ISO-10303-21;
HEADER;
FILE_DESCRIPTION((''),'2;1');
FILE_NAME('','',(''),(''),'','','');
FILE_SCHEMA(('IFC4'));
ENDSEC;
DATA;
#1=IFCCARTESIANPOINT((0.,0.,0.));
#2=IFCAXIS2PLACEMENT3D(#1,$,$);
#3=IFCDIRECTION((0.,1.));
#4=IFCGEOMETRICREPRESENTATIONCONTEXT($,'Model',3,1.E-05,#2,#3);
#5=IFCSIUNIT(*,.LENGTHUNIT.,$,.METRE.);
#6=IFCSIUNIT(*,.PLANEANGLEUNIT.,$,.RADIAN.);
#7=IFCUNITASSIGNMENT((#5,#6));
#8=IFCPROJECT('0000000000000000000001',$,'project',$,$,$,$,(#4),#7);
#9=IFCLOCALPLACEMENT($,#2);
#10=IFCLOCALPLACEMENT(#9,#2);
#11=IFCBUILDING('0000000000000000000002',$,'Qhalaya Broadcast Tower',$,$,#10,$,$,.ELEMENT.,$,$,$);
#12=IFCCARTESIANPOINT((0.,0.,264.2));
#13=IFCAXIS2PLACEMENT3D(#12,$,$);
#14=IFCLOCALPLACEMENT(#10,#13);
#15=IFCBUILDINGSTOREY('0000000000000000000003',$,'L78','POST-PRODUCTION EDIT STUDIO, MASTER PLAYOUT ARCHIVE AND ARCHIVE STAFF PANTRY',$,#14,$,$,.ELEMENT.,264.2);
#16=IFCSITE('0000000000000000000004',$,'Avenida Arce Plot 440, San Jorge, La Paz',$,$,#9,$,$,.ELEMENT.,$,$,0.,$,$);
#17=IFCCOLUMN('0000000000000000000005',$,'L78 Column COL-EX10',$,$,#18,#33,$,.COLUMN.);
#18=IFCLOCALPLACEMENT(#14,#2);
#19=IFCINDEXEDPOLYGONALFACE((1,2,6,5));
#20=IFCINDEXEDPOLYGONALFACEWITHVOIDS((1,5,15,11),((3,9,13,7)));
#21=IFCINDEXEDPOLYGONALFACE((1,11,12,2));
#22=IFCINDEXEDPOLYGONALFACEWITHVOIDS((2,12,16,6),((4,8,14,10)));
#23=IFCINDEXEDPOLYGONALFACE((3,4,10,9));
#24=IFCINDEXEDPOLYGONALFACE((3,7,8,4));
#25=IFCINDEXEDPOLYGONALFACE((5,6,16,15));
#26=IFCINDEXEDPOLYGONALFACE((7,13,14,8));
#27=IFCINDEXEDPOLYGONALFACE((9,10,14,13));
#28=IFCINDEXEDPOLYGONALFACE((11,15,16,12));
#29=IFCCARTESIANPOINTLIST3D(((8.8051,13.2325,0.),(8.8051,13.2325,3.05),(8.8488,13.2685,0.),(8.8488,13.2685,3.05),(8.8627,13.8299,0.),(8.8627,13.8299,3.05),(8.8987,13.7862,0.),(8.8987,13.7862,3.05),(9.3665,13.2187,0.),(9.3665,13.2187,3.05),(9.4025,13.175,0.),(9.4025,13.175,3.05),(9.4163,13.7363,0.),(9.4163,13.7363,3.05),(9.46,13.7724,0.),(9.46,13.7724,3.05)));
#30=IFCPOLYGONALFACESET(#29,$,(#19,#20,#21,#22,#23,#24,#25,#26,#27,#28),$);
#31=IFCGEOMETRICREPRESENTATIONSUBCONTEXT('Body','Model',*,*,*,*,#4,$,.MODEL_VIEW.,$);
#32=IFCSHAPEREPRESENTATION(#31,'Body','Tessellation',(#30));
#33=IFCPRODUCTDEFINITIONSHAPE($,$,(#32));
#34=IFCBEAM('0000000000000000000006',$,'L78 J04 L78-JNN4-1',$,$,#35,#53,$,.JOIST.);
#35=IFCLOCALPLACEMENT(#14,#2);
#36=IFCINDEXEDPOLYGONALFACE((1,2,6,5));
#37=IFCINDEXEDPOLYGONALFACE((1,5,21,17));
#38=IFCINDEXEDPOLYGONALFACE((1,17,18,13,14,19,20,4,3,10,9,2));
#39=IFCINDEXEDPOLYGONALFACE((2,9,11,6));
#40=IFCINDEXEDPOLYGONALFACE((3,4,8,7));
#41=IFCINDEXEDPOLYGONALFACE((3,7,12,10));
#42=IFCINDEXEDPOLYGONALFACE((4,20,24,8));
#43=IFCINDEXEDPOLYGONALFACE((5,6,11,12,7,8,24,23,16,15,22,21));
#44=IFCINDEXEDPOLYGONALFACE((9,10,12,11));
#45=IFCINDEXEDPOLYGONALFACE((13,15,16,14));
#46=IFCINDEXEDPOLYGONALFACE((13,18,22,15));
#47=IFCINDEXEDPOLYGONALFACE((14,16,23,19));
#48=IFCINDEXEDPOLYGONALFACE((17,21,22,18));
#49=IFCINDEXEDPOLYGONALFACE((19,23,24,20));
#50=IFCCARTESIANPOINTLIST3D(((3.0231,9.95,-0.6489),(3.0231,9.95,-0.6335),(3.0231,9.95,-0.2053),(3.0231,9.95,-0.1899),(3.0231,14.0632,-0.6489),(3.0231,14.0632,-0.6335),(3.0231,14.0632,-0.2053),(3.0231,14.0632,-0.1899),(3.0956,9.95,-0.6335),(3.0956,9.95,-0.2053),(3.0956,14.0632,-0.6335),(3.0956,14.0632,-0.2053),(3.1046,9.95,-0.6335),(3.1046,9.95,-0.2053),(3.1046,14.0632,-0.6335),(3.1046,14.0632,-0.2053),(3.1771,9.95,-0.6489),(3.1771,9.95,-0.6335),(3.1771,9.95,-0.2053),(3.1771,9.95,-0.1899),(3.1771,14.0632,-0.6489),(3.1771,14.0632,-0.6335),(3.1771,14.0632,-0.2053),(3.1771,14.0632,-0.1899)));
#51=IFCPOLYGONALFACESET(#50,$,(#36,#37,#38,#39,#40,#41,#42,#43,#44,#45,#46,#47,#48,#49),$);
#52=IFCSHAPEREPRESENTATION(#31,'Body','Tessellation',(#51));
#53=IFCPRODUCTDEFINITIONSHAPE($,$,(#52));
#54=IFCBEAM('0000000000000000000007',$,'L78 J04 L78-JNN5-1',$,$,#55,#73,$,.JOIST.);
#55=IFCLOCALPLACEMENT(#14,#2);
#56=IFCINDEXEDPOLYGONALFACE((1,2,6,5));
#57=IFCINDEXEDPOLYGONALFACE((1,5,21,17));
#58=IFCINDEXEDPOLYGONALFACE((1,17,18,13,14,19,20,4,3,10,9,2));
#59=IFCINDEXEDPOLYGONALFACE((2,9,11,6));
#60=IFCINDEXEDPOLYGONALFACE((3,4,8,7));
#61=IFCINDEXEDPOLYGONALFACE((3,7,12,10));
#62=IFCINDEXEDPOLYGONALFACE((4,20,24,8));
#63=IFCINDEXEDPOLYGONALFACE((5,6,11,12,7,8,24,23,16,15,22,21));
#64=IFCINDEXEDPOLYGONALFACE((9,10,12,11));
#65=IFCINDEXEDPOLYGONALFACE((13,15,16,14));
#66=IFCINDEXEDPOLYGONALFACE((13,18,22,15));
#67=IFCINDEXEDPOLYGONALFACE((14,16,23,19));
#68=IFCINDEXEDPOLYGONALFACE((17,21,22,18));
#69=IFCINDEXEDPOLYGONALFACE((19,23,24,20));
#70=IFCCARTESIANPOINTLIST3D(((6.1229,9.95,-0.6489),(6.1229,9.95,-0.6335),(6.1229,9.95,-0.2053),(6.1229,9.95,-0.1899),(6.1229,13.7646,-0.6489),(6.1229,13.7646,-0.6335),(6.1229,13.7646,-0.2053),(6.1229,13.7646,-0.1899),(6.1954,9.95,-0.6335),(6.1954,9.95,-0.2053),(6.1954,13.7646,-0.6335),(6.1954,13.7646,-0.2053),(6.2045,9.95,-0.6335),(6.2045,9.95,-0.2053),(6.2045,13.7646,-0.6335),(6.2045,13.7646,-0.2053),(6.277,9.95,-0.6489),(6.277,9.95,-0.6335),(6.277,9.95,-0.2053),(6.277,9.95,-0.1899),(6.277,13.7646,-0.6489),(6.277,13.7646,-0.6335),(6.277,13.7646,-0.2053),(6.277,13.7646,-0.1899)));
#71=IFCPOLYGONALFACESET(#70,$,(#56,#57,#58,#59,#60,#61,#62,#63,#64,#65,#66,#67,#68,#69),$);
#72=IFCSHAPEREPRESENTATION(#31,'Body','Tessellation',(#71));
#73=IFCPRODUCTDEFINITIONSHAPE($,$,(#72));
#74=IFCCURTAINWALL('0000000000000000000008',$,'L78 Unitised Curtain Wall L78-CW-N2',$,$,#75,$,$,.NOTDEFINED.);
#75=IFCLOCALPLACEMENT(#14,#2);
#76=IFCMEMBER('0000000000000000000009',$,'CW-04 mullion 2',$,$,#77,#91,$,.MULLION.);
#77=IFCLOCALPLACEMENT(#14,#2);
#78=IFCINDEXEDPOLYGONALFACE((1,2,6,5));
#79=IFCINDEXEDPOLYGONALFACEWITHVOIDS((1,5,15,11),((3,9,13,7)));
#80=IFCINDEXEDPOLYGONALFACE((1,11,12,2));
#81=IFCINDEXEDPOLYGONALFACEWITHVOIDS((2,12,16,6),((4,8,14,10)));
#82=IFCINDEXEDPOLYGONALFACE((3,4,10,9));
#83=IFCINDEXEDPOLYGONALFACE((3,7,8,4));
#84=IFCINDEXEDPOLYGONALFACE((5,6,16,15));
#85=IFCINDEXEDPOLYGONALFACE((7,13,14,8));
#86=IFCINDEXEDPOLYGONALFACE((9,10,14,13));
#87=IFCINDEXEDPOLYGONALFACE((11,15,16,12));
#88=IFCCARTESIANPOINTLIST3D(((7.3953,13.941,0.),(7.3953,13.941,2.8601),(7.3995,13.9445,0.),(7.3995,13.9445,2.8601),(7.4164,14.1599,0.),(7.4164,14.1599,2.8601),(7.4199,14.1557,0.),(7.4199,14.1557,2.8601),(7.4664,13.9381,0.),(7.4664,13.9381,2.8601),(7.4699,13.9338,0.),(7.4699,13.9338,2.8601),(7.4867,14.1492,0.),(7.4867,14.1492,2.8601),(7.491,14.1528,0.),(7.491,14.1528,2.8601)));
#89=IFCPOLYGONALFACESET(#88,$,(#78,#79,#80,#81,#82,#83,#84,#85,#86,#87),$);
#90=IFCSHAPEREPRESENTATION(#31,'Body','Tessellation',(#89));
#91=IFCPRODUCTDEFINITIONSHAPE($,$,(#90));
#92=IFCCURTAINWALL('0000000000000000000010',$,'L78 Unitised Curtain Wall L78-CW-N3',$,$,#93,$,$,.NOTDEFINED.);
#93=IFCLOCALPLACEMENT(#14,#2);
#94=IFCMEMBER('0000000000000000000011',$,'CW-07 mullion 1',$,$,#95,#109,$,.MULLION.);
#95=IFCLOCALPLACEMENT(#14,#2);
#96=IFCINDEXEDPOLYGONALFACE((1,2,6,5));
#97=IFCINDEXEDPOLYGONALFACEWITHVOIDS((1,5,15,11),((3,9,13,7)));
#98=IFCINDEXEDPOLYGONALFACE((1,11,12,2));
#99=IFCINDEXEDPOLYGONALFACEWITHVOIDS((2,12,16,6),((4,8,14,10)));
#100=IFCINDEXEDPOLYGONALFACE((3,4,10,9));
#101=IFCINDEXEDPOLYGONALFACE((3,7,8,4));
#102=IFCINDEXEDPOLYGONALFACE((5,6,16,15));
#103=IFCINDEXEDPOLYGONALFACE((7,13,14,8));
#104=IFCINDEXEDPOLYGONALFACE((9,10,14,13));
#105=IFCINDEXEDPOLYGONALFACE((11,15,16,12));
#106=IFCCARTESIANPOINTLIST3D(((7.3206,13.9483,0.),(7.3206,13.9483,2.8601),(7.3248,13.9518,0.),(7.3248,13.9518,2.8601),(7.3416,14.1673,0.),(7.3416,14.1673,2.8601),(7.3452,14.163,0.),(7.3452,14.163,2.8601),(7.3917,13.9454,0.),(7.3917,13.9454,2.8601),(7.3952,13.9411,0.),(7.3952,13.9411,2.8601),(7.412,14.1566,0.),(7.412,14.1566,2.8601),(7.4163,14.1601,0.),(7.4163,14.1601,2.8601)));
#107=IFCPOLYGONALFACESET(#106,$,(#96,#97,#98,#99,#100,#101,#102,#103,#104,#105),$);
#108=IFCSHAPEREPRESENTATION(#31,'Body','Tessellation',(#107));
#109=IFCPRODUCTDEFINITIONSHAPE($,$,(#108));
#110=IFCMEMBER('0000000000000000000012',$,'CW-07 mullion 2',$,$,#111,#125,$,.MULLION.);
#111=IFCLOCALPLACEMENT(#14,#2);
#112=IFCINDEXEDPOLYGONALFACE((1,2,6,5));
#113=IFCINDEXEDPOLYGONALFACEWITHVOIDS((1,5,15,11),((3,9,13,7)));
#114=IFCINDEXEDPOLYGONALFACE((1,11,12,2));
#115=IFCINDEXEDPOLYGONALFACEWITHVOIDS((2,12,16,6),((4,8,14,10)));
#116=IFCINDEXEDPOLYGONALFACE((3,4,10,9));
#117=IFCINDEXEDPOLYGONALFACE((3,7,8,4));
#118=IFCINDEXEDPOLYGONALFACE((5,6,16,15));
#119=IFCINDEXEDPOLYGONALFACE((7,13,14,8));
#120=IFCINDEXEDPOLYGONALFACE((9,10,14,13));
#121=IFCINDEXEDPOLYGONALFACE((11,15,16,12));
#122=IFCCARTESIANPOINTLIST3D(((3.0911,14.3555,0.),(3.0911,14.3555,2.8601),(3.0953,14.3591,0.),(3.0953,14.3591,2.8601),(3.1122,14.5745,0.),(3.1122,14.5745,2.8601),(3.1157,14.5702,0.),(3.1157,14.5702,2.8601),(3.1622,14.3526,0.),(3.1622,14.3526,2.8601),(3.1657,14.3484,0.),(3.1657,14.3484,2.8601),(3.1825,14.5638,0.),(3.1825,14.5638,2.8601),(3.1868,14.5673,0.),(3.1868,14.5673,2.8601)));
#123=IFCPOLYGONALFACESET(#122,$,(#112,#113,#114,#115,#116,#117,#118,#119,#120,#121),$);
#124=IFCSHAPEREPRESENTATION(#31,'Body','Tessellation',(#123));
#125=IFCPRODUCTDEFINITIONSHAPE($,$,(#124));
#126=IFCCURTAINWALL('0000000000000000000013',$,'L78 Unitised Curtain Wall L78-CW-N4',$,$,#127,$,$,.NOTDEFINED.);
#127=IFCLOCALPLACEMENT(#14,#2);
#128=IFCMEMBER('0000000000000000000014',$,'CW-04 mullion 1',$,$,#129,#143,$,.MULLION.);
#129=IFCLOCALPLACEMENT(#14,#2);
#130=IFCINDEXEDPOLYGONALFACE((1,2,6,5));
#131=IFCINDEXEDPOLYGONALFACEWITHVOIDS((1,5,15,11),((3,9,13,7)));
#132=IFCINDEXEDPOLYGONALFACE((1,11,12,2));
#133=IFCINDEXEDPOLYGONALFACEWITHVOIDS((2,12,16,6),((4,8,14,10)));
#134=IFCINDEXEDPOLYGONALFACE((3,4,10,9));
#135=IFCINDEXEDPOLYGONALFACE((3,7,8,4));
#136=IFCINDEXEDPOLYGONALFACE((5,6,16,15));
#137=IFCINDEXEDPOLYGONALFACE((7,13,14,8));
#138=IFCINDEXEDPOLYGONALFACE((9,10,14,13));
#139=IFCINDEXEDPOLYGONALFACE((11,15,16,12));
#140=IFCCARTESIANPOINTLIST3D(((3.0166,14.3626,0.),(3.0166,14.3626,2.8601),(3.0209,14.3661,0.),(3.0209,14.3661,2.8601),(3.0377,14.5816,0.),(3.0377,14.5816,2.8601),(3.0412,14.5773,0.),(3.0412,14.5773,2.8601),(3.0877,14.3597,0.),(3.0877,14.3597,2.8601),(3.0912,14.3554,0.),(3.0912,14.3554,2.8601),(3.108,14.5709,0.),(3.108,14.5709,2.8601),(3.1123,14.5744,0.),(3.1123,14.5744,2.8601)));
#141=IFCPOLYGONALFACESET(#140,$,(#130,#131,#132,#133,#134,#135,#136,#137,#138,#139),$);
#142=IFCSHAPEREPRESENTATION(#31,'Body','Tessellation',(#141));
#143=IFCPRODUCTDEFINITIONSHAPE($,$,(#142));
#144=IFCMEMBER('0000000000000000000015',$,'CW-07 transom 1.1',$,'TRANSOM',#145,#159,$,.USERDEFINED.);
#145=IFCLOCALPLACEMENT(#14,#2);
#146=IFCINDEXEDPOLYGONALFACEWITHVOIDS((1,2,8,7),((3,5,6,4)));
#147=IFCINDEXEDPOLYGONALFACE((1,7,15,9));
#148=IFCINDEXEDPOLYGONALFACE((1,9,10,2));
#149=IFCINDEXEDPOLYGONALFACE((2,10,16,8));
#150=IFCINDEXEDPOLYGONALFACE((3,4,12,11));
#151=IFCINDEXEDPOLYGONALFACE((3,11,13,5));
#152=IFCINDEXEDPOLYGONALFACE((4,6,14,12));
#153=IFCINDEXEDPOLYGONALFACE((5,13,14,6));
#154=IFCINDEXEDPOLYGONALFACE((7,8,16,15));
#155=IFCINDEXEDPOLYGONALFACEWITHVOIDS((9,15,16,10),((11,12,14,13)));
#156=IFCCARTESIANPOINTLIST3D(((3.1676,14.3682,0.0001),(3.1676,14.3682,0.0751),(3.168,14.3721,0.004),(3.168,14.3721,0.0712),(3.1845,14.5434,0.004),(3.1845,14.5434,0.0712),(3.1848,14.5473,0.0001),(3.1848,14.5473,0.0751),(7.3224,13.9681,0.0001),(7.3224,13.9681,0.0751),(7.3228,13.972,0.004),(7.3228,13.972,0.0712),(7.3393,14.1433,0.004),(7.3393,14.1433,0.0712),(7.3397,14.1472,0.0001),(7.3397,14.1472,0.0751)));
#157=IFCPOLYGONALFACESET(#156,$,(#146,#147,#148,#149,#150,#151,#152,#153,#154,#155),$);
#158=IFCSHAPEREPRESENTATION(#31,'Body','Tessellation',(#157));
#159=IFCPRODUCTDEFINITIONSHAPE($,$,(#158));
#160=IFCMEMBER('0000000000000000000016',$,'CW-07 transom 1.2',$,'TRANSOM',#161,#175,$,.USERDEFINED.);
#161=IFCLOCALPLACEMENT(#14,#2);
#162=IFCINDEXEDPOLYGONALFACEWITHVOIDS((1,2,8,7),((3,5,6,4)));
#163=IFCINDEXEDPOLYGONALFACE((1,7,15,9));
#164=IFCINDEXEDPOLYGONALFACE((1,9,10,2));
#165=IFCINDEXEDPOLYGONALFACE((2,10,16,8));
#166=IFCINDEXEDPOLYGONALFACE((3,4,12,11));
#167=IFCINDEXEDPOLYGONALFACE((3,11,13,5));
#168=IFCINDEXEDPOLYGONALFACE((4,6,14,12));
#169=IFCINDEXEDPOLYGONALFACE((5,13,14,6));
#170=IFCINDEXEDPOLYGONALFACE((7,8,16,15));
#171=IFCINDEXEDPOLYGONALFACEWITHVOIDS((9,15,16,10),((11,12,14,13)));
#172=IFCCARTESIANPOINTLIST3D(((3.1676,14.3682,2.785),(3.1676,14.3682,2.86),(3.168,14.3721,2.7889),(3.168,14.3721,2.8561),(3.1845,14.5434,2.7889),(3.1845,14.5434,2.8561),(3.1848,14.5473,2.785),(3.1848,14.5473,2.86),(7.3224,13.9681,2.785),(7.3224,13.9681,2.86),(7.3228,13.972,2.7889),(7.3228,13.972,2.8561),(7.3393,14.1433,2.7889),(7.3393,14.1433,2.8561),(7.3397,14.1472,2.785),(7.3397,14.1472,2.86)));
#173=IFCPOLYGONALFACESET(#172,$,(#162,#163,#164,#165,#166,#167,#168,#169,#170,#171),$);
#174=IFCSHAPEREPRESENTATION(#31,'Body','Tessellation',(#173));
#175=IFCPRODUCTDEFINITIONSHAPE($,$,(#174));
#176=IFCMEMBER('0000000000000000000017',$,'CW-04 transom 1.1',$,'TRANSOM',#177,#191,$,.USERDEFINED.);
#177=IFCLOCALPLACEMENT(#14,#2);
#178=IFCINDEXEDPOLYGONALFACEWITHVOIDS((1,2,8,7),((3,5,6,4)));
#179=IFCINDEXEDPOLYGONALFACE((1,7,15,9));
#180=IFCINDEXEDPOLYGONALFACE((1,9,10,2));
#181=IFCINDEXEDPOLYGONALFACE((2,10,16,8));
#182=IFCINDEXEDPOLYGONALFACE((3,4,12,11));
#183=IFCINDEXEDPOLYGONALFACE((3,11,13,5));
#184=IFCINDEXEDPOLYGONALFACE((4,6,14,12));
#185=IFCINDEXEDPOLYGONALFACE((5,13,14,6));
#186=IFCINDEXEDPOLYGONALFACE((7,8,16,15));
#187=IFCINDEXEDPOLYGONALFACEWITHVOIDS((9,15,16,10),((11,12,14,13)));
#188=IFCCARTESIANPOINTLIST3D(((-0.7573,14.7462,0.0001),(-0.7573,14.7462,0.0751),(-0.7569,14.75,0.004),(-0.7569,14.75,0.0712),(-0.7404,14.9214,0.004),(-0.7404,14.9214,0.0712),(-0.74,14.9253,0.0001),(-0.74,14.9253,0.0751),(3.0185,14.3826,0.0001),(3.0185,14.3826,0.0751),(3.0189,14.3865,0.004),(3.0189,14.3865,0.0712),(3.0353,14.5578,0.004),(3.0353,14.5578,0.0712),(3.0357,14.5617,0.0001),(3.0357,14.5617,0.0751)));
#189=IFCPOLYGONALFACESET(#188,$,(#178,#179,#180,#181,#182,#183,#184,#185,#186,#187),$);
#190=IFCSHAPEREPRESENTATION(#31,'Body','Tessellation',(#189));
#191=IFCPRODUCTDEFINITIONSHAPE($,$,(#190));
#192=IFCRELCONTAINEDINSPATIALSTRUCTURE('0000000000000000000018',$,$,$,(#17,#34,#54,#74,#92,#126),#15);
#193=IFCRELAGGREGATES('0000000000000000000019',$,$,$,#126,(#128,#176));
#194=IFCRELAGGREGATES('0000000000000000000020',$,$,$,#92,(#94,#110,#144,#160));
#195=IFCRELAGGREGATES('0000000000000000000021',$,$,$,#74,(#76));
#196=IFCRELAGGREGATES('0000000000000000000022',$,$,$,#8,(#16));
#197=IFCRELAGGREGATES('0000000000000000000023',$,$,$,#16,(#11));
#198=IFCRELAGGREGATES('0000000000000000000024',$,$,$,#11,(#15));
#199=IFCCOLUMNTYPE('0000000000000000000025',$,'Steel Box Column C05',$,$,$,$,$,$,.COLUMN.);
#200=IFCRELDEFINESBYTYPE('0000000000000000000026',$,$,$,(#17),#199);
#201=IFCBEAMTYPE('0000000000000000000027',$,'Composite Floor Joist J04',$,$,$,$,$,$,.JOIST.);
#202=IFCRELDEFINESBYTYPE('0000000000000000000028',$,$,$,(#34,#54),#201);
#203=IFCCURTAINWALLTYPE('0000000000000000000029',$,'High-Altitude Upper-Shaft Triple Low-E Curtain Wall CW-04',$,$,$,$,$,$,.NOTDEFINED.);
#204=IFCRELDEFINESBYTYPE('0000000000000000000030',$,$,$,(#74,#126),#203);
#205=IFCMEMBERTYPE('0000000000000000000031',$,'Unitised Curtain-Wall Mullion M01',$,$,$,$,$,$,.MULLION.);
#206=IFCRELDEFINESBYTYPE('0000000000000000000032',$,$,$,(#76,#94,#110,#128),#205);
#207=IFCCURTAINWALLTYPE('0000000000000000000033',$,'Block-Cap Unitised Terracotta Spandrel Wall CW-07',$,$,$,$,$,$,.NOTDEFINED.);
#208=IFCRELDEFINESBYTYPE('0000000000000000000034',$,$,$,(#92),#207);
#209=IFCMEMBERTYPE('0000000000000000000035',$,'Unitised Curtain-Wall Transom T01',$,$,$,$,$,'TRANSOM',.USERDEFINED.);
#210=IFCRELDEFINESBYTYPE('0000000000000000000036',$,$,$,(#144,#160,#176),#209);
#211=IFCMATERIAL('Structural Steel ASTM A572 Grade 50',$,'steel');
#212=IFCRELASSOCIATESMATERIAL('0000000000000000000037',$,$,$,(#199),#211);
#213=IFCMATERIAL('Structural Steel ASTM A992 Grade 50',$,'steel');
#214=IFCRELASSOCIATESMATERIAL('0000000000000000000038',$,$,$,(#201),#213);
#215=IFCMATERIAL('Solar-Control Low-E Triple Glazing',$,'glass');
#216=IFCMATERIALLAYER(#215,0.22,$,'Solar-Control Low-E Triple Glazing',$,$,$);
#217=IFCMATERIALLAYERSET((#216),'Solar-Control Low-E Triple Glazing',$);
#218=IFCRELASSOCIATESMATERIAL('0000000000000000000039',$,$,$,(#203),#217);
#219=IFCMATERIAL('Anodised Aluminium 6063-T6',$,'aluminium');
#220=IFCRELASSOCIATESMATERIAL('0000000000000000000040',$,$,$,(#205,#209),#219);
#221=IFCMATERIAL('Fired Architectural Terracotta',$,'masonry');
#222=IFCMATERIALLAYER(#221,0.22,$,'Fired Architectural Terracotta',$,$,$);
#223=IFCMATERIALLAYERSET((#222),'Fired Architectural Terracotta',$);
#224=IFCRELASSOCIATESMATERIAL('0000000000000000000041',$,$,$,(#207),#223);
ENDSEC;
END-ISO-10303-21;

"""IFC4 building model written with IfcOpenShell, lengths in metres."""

from ifc_helpers import new_model, si_unit, direction, frame, origin, origin_2d, place, context, subcontext, project, spatial, hollow_rectangle, i_section, extrude, material, layer, layer_set, material_profile, profile_set, type_object, element, aggregate, save


model = new_model("IFC4")

# Units and contexts
model_context = context("Model", 3, precision=1e-05, world=origin(), true_north=direction((0.0, 1.0)))
body_context = subcontext(model_context, "Body", "Model", "MODEL_VIEW")
ifc_project = project(units=[si_unit("LENGTHUNIT", "METRE"), si_unit("PLANEANGLEUNIT", "RADIAN")], contexts=[model_context])

# Site, building, storey
site_placement = place(None, origin())
site = spatial("IfcSite", under=ifc_project, at=site_placement, Name="Avenida Arce Plot 440, San Jorge, La Paz", CompositionType="ELEMENT", RefElevation=0.0)
building_placement = place(site_placement, origin())
building = spatial("IfcBuilding", under=site, at=building_placement, Name="Qhalaya Broadcast Tower", CompositionType="ELEMENT")
storey_placement = place(building_placement, frame((0.0, 0.0, 264.2)))
storey = spatial("IfcBuildingStorey", under=building, at=storey_placement, Name="L78", Description="POST-PRODUCTION EDIT STUDIO, MASTER PLAYOUT ARCHIVE AND ARCHIVE STAFF PANTRY", CompositionType="ELEMENT", Elevation=264.2)

# Column
ifc_material_1 = material(Name="Structural Steel ASTM A572 Grade 50", Category="steel")
ifc_material_profile_1 = material_profile(ifc_material_1, hollow_rectangle(XDim=0.6001, YDim=0.6001, WallThickness=0.04, at=origin_2d()), Name="BOX 600x600x40")
ifc_profile_set_1 = profile_set([ifc_material_profile_1], Name="Structural Steel ASTM A572 Grade 50")
column_type = type_object("IfcColumnType", Name="Steel Box Column C05", PredefinedType="COLUMN", material=ifc_profile_set_1)
column_placement = place(storey_placement, frame((9.1326, 13.5024, 0.0), z_axis=(0.0, 0.0, 1.0), x_axis=(0.995396, -0.095846, 0.0)))
element("IfcColumn", 1, at=column_placement, inside=storey, type_object=column_type, Name="L78 Column COL-EX10", PredefinedType="COLUMN", context=body_context, shape_type="SweptSolid", body=[
    extrude(hollow_rectangle(XDim=0.6001, YDim=0.6001, WallThickness=0.04, at=origin_2d()), origin(), (0.0, 0.0, 1.0), 3.05),
])

# Beams
ifc_material_2 = material(Name="Structural Steel ASTM A992 Grade 50", Category="steel")
ifc_material_profile_2 = material_profile(ifc_material_2, i_section(OverallWidth=0.1541, OverallDepth=0.459, WebThickness=0.009, FlangeThickness=0.0154, at=origin_2d()), Name="W18X46")
ifc_profile_set_2 = profile_set([ifc_material_profile_2], Name="Structural Steel ASTM A992 Grade 50")
beam_type_1 = type_object("IfcBeamType", Name="Composite Floor Joist J04", PredefinedType="JOIST", material=ifc_profile_set_2)
beam_1_placement = place(storey_placement, frame((3.1001, 9.95, -0.4194), z_axis=(0.0, 1.0, 0.0), x_axis=(-1.0, 0.0, 0.0)))
element("IfcBeam", 2, at=beam_1_placement, inside=storey, type_object=beam_type_1, Name="L78 J04 L78-JNN4-1", PredefinedType="JOIST", context=body_context, shape_type="SweptSolid", body=[
    extrude(i_section(OverallWidth=0.1541, OverallDepth=0.459, WebThickness=0.009, FlangeThickness=0.0154, at=origin_2d()), origin(), (0.0, 0.0, 1.0), 4.1133),
])
beam_2_placement = place(storey_placement, frame((6.2, 9.95, -0.4194), z_axis=(0.0, 1.0, 0.0), x_axis=(-1.0, 0.0, 0.0)))
element("IfcBeam", 3, at=beam_2_placement, inside=storey, type_object=beam_type_1, Name="L78 J04 L78-JNN5-1", PredefinedType="JOIST", context=body_context, shape_type="SweptSolid", body=[
    extrude(i_section(OverallWidth=0.1541, OverallDepth=0.459, WebThickness=0.009, FlangeThickness=0.0154, at=origin_2d()), origin(), (0.0, 0.0, 1.0), 3.8147),
])

# Curtain wall, member
ifc_material_3 = material(Name="Solar-Control Low-E Triple Glazing", Category="glass")
ifc_layer_1 = layer(ifc_material_3, 0.22, Name="Solar-Control Low-E Triple Glazing")
ifc_layer_set_1 = layer_set([ifc_layer_1], Name="Solar-Control Low-E Triple Glazing")
curtain_wall_type_1 = type_object("IfcCurtainWallType", Name="High-Altitude Upper-Shaft Triple Low-E Curtain Wall CW-04", PredefinedType="NOTDEFINED", material=ifc_layer_set_1)
curtain_wall_1_placement = place(storey_placement, origin())
curtain_wall_1 = element("IfcCurtainWall", 4, at=curtain_wall_1_placement, inside=storey, type_object=curtain_wall_type_1, Name="L78 Unitised Curtain Wall L78-CW-N2", PredefinedType="NOTDEFINED")
ifc_material_4 = material(Name="Anodised Aluminium 6063-T6", Category="aluminium")
ifc_material_profile_3 = material_profile(ifc_material_4, hollow_rectangle(XDim=0.075, YDim=0.22, WallThickness=0.0039, at=origin_2d()), Name="ALU-MUL 75x220x4")
ifc_profile_set_3 = profile_set([ifc_material_profile_3], Name="Anodised Aluminium 6063-T6")
member_type_1 = type_object("IfcMemberType", Name="Unitised Curtain-Wall Mullion M01", PredefinedType="MULLION", material=ifc_profile_set_3)
member_1_placement = place(storey_placement, frame((7.4431, 14.0469, 0.0), z_axis=(0.0, 0.0, 1.0), x_axis=(-0.995397, 0.095842, 0.0)))
member_1 = element("IfcMember", 5, at=member_1_placement, type_object=member_type_1, Name="CW-04 mullion 2", PredefinedType="MULLION", context=body_context, shape_type="SweptSolid", body=[
    extrude(hollow_rectangle(XDim=0.075, YDim=0.22, WallThickness=0.0039, at=origin_2d()), origin(), (0.0, 0.0, 1.0), 2.8601),
])

# Curtain wall, members
ifc_material_5 = material(Name="Fired Architectural Terracotta", Category="masonry")
ifc_layer_2 = layer(ifc_material_5, 0.22, Name="Fired Architectural Terracotta")
ifc_layer_set_2 = layer_set([ifc_layer_2], Name="Fired Architectural Terracotta")
curtain_wall_type_2 = type_object("IfcCurtainWallType", Name="Block-Cap Unitised Terracotta Spandrel Wall CW-07", PredefinedType="NOTDEFINED", material=ifc_layer_set_2)
curtain_wall_2_placement = place(storey_placement, origin())
curtain_wall_2 = element("IfcCurtainWall", 6, at=curtain_wall_2_placement, inside=storey, type_object=curtain_wall_type_2, Name="L78 Unitised Curtain Wall L78-CW-N3", PredefinedType="NOTDEFINED")
member_2_placement = place(storey_placement, frame((7.3684, 14.0542, 0.0), z_axis=(0.0, 0.0, 1.0), x_axis=(-0.995397, 0.095837, 0.0)))
member_2 = element("IfcMember", 7, at=member_2_placement, type_object=member_type_1, Name="CW-07 mullion 1", PredefinedType="MULLION", context=body_context, shape_type="SweptSolid", body=[
    extrude(hollow_rectangle(XDim=0.075, YDim=0.22, WallThickness=0.0039, at=origin_2d()), origin(), (0.0, 0.0, 1.0), 2.8601),
])
member_3_placement = place(storey_placement, frame((3.1389, 14.4614, 0.0), z_axis=(0.0, 0.0, 1.0), x_axis=(-0.995397, 0.095837, 0.0)))
member_3 = element("IfcMember", 8, at=member_3_placement, type_object=member_type_1, Name="CW-07 mullion 2", PredefinedType="MULLION", context=body_context, shape_type="SweptSolid", body=[
    extrude(hollow_rectangle(XDim=0.075, YDim=0.22, WallThickness=0.0039, at=origin_2d()), origin(), (0.0, 0.0, 1.0), 2.8601),
])

# Curtain wall, member
curtain_wall_3_placement = place(storey_placement, origin())
curtain_wall_3 = element("IfcCurtainWall", 9, at=curtain_wall_3_placement, inside=storey, type_object=curtain_wall_type_1, Name="L78 Unitised Curtain Wall L78-CW-N4", PredefinedType="NOTDEFINED")
member_4_placement = place(storey_placement, frame((3.0645, 14.4685, 0.0), z_axis=(0.0, 0.0, 1.0), x_axis=(-0.995394, 0.095865, 0.0)))
member_4 = element("IfcMember", 10, at=member_4_placement, type_object=member_type_1, Name="CW-04 mullion 1", PredefinedType="MULLION", context=body_context, shape_type="SweptSolid", body=[
    extrude(hollow_rectangle(XDim=0.075, YDim=0.22, WallThickness=0.0039, at=origin_2d()), origin(), (0.0, 0.0, 1.0), 2.8601),
])

# Members
ifc_material_profile_4 = material_profile(ifc_material_4, hollow_rectangle(XDim=0.075, YDim=0.1799, WallThickness=0.0039, at=origin_2d()), Name="ALU-TRN 75x180x4")
ifc_profile_set_4 = profile_set([ifc_material_profile_4], Name="Anodised Aluminium 6063-T6")
member_type_2 = type_object("IfcMemberType", Name="Unitised Curtain-Wall Transom T01", ElementType="TRANSOM", PredefinedType="USERDEFINED", material=ifc_profile_set_4)
member_5_placement = place(storey_placement, frame((7.3311, 14.0576, 0.0376), z_axis=(-0.995394, 0.095866, 0.0), x_axis=(0.0, 0.0, 1.0)))
member_5 = element("IfcMember", 11, at=member_5_placement, type_object=member_type_2, Name="CW-07 transom 1.1", ObjectType="TRANSOM", PredefinedType="USERDEFINED", context=body_context, shape_type="SweptSolid", body=[
    extrude(hollow_rectangle(XDim=0.075, YDim=0.1799, WallThickness=0.0039, at=origin_2d()), origin(), (0.0, 0.0, 1.0), 4.1741),
])
member_6_placement = place(storey_placement, frame((7.3311, 14.0576, 2.8225), z_axis=(-0.995394, 0.095866, 0.0), x_axis=(0.0, 0.0, 1.0)))
member_6 = element("IfcMember", 12, at=member_6_placement, type_object=member_type_2, Name="CW-07 transom 1.2", ObjectType="TRANSOM", PredefinedType="USERDEFINED", context=body_context, shape_type="SweptSolid", body=[
    extrude(hollow_rectangle(XDim=0.075, YDim=0.1799, WallThickness=0.0039, at=origin_2d()), origin(), (0.0, 0.0, 1.0), 4.1741),
])
member_7_placement = place(storey_placement, frame((3.0271, 14.4722, 0.0376), z_axis=(-0.995397, 0.095839, 0.0), x_axis=(0.0, 0.0, 1.0)))
member_7 = element("IfcMember", 13, at=member_7_placement, type_object=member_type_2, Name="CW-04 transom 1.1", ObjectType="TRANSOM", PredefinedType="USERDEFINED", context=body_context, shape_type="SweptSolid", body=[
    extrude(hollow_rectangle(XDim=0.075, YDim=0.1799, WallThickness=0.0039, at=origin_2d()), origin(), (0.0, 0.0, 1.0), 3.7932),
])
aggregate(curtain_wall_3, [member_4, member_7])

aggregate(curtain_wall_2, [member_2, member_3, member_5, member_6])
aggregate(curtain_wall_1, [member_1])

save(model, "model.ifc")
